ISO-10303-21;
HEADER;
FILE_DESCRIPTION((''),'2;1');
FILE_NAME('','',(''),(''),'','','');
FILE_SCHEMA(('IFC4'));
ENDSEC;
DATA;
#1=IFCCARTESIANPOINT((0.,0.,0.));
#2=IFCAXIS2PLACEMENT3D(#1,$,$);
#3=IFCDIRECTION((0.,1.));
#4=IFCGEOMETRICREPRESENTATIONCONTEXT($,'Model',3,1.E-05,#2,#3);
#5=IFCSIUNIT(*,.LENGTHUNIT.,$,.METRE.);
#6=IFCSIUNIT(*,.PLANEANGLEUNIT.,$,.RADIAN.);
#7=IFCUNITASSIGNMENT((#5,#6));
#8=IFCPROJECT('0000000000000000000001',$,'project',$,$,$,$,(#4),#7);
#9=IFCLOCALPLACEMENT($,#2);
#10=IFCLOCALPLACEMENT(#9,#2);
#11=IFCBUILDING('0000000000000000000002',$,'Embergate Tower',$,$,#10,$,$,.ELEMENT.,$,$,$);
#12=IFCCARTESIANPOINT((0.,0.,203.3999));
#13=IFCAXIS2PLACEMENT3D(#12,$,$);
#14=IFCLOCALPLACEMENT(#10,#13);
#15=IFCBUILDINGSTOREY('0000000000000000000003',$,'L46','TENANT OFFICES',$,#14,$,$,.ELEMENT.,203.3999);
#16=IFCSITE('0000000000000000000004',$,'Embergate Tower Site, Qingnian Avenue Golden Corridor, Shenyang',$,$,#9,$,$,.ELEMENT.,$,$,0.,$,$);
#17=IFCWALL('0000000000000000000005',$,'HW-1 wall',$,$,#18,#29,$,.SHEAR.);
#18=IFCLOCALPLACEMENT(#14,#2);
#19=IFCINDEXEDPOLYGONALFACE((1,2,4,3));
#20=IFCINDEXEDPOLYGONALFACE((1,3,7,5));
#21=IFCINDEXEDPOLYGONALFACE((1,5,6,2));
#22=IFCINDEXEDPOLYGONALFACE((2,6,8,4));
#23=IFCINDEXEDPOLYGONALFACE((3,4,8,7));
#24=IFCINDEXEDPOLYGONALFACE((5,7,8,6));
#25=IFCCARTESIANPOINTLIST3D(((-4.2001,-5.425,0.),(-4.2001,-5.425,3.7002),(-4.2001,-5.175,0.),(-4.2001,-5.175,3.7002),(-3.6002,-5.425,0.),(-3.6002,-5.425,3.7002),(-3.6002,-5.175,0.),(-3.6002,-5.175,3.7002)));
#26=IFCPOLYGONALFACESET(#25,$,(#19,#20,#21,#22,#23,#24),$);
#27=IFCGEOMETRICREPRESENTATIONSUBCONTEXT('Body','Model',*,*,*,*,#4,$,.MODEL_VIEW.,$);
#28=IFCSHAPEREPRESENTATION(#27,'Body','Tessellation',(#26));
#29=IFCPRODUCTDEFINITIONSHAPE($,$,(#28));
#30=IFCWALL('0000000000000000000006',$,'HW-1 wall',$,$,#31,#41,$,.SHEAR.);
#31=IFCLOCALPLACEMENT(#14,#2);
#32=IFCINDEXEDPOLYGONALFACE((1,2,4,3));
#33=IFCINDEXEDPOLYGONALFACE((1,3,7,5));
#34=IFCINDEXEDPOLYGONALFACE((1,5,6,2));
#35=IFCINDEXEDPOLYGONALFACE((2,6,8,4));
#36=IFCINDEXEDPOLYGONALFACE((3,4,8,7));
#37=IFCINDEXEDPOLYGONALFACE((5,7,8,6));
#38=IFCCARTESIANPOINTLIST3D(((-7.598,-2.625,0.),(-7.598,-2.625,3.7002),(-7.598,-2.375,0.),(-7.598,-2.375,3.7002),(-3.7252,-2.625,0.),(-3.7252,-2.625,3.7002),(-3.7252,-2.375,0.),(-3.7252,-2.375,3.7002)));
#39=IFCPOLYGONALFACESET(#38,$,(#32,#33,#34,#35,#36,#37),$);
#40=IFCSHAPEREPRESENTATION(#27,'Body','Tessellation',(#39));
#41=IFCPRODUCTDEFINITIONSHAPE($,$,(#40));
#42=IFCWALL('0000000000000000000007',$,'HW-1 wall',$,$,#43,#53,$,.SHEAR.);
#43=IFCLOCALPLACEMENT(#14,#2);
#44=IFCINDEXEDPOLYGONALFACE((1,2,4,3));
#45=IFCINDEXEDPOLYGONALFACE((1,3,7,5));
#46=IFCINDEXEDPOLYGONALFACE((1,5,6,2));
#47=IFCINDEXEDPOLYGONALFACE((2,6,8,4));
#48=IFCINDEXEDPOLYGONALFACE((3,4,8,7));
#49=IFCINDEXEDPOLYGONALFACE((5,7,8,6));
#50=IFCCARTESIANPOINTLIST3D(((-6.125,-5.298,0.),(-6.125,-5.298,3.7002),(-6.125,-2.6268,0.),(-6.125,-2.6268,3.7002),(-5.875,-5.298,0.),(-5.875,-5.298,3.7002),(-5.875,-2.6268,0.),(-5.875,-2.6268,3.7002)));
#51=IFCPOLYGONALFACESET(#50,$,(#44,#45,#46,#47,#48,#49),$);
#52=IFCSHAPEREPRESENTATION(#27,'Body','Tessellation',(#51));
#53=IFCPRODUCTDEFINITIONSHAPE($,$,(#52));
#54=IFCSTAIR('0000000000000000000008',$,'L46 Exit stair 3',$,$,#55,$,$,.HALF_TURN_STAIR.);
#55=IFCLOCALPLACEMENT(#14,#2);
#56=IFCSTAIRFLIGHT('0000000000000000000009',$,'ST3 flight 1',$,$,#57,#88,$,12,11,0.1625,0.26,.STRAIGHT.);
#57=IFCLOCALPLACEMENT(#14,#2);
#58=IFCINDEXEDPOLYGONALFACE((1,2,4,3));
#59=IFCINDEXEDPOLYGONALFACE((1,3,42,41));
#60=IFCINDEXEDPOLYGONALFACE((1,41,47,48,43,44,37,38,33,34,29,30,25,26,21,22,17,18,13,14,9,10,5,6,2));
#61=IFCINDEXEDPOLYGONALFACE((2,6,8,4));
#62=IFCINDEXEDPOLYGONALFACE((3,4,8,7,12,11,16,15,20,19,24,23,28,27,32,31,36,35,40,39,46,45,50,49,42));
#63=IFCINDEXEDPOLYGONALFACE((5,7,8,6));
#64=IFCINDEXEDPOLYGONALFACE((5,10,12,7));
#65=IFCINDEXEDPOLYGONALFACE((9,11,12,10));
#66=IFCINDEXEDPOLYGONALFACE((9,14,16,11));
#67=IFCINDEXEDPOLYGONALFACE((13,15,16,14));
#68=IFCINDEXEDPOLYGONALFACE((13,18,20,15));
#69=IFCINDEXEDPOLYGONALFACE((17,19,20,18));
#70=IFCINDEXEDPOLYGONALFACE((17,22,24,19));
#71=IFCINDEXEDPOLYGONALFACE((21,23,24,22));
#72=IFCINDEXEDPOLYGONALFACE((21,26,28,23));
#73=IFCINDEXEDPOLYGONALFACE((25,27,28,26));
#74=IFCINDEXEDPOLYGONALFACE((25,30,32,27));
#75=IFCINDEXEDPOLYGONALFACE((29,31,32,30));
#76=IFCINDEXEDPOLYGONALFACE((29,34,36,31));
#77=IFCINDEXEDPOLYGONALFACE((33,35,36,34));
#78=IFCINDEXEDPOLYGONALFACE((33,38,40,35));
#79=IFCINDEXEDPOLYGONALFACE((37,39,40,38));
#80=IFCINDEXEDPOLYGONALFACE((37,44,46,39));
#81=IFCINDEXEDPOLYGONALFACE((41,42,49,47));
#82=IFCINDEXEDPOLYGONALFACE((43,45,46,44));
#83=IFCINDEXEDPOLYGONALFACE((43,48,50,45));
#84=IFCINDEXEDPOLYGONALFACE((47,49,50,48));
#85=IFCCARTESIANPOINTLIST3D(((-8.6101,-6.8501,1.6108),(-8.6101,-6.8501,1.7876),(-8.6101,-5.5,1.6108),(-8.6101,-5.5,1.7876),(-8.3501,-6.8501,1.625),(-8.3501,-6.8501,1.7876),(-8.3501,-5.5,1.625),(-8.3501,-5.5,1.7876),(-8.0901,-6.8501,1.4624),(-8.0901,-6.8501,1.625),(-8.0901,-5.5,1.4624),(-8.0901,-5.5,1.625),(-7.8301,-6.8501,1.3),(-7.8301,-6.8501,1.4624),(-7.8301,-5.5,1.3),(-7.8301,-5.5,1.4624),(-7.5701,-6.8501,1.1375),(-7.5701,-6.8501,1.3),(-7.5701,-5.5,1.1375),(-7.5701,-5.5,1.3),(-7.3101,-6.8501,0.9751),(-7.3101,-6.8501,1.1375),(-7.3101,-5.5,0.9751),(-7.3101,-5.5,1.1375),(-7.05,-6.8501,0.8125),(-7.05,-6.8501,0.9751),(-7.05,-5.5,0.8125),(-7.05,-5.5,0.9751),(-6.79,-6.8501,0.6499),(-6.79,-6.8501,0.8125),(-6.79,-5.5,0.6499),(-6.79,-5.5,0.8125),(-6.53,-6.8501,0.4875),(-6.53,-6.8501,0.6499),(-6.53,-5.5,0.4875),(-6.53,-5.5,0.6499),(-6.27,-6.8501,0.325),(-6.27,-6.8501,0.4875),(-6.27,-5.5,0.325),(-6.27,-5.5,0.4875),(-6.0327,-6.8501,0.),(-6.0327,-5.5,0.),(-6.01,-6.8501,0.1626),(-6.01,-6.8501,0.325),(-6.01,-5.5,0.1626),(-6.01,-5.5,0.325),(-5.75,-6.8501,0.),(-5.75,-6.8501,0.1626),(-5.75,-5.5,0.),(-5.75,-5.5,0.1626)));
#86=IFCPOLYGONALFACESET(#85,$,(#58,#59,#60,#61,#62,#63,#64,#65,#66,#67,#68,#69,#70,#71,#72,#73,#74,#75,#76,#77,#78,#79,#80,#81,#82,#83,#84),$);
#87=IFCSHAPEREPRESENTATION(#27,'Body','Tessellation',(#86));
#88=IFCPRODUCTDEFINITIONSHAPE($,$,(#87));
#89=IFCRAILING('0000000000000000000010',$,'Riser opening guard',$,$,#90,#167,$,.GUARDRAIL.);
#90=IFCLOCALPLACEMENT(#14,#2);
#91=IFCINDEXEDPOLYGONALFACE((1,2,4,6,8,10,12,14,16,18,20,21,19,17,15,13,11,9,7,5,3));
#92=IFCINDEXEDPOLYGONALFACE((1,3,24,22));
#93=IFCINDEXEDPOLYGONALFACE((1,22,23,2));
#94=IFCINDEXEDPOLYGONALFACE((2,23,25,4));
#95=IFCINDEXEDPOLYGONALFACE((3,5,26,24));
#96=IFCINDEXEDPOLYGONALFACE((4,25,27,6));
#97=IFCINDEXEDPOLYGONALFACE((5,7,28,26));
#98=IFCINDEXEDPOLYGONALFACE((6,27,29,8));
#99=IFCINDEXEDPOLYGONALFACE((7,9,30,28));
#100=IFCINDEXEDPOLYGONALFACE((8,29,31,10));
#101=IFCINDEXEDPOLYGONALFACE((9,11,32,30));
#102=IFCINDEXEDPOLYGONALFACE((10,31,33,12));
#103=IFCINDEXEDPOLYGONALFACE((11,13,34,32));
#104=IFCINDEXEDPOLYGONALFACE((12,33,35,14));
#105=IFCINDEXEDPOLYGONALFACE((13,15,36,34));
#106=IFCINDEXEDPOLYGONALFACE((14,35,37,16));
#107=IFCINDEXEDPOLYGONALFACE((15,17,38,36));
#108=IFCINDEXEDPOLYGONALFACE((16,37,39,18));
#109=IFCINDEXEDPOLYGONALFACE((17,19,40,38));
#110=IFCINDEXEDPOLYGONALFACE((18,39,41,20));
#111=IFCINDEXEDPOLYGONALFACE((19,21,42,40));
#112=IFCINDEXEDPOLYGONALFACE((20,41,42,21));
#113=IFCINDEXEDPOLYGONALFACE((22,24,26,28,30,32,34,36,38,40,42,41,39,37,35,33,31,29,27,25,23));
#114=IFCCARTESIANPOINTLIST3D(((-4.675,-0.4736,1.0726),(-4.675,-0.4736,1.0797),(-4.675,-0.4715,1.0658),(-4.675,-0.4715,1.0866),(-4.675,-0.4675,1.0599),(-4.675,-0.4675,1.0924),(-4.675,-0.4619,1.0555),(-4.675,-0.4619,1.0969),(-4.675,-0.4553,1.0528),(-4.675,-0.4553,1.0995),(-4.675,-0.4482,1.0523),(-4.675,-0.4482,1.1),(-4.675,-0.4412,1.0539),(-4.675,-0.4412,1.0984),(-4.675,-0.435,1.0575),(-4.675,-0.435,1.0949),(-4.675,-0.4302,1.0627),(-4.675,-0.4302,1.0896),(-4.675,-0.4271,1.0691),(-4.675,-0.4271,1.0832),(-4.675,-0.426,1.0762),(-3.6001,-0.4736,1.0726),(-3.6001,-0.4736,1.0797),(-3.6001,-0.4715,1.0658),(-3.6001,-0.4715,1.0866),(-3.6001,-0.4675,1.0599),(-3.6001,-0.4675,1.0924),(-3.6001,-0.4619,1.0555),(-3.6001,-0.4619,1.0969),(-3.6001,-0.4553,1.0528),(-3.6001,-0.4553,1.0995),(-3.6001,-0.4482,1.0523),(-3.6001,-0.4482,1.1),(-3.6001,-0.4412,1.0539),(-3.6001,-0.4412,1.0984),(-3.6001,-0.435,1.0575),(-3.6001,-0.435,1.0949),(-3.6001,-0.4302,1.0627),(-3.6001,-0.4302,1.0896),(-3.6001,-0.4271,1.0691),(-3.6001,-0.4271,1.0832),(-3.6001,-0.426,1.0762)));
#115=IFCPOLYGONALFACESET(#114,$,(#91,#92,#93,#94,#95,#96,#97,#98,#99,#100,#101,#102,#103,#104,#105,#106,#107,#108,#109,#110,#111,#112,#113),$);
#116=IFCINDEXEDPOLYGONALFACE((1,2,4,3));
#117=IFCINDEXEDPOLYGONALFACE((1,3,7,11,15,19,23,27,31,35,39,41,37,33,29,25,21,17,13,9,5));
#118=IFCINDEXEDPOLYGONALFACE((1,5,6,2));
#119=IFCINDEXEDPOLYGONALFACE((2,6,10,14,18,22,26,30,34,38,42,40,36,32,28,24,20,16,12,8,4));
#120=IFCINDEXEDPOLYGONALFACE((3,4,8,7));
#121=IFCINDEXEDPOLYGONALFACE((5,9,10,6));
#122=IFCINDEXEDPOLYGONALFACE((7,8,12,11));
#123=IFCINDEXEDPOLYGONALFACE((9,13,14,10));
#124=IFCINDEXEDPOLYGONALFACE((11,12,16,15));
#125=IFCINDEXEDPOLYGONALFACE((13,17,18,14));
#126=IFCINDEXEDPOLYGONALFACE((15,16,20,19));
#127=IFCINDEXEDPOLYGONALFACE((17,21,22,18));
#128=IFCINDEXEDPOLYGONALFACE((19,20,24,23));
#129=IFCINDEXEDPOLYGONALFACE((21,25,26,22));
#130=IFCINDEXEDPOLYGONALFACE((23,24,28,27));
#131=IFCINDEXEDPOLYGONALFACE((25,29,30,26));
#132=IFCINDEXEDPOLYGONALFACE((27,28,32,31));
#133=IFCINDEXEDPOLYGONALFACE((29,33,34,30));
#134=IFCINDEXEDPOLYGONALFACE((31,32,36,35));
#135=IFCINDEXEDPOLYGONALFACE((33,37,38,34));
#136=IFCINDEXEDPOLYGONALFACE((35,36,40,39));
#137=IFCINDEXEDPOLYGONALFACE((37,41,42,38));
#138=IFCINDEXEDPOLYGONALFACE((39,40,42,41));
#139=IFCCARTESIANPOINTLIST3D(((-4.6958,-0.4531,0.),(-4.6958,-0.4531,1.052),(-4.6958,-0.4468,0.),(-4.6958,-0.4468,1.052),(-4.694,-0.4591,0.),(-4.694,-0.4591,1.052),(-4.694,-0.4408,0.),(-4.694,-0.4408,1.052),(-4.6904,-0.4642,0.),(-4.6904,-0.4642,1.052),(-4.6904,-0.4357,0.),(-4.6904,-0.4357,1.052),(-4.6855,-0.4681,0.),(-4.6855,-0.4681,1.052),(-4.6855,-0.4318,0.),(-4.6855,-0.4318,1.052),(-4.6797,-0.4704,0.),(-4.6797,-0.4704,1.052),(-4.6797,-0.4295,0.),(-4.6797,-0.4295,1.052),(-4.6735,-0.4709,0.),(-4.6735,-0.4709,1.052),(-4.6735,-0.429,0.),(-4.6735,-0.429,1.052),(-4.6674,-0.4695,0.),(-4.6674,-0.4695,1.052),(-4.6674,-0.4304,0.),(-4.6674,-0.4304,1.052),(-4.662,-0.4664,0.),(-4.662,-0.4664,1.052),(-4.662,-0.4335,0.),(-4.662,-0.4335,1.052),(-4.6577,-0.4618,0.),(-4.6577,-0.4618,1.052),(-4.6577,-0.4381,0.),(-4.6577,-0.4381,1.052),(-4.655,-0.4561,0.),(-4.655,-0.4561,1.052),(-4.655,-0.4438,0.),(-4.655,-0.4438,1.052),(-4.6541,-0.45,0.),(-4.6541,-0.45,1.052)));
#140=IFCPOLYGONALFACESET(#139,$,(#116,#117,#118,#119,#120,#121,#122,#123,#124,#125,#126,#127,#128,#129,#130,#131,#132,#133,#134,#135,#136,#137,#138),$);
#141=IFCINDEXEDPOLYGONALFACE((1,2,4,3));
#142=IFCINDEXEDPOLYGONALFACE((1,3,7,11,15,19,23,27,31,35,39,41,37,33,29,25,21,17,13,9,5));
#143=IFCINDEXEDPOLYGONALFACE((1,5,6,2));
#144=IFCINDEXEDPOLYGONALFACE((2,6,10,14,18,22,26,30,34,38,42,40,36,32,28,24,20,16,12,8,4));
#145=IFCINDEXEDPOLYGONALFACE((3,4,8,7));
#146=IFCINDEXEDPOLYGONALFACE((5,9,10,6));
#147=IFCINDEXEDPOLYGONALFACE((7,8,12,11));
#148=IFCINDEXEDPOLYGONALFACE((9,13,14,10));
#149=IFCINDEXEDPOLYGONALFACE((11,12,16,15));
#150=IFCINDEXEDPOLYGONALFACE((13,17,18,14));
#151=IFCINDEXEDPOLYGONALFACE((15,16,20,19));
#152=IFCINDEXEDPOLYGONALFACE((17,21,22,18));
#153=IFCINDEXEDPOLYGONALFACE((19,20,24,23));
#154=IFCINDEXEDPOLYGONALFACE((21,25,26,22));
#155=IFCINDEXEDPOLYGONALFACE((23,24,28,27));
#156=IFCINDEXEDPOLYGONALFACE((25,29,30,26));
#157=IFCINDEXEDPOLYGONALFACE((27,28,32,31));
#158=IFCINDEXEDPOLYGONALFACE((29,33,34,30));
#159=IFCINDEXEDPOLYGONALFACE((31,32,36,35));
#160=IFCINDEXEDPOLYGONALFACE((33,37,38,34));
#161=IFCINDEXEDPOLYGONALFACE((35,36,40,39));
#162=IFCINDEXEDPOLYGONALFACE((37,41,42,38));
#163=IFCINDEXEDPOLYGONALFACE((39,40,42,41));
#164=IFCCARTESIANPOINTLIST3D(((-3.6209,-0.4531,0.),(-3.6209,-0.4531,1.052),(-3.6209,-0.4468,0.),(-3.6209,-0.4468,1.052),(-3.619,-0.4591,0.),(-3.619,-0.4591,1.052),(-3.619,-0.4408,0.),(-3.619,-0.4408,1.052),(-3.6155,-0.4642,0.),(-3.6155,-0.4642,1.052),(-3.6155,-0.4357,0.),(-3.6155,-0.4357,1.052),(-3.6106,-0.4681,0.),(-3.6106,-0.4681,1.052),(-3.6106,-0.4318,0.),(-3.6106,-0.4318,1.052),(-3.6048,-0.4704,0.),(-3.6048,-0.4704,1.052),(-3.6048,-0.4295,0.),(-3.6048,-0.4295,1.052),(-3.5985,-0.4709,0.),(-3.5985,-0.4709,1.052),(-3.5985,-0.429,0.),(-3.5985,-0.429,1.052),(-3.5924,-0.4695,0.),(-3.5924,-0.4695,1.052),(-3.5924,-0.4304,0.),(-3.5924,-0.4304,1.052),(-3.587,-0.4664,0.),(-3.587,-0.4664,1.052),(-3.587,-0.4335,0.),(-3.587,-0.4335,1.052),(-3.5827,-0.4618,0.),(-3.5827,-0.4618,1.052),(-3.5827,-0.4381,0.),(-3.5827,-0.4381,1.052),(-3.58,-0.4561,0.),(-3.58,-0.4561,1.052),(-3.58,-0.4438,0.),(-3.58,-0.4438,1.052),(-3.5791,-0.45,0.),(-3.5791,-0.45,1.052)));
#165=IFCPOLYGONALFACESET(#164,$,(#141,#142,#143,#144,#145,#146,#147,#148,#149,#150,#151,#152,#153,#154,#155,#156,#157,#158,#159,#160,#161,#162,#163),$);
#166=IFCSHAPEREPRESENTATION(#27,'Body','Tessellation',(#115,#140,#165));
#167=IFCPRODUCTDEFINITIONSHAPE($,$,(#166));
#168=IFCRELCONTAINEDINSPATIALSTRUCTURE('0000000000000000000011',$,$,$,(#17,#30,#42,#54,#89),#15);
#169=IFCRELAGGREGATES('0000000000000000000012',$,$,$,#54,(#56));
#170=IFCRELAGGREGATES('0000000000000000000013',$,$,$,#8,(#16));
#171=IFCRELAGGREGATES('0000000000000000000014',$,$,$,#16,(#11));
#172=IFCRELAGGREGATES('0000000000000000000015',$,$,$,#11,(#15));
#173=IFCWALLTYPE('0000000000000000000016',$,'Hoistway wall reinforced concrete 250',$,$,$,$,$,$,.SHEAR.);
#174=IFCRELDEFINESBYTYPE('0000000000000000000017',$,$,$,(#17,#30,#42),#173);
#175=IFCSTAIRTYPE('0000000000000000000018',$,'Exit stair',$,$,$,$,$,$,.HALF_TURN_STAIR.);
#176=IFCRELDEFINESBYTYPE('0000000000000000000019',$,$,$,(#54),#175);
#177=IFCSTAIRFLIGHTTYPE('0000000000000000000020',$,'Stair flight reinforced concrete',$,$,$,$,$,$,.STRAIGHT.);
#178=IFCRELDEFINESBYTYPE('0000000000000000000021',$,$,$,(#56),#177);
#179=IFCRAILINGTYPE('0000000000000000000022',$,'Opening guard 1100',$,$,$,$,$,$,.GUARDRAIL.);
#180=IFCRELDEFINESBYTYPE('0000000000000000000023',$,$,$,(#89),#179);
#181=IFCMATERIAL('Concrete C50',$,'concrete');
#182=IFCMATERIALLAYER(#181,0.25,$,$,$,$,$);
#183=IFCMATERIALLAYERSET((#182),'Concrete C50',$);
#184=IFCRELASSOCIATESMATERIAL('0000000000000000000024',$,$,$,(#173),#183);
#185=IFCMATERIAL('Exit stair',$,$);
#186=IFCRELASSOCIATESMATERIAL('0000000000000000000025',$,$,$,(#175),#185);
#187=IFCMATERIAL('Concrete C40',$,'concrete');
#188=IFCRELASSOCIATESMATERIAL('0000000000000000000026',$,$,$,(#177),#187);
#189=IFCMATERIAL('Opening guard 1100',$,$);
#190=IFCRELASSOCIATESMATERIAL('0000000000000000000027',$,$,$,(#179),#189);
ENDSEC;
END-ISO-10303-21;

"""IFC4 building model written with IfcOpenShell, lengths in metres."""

from ifc_helpers import new_model, si_unit, direction, frame, frame_2d, origin, origin_2d, place, context, subcontext, project, spatial, polyline, rectangle, circle, outline, extrude, source, transform, mapped, material, layer, layer_set, type_object, element, aggregate, save


model = new_model("IFC4")

# Units and contexts
model_context = context("Model", 3, precision=1e-05, world=origin(), true_north=direction((0.0, 1.0)))
body_context = subcontext(model_context, "Body", "Model", "MODEL_VIEW")
ifc_project = project(units=[si_unit("LENGTHUNIT", "METRE"), si_unit("PLANEANGLEUNIT", "RADIAN")], contexts=[model_context])

# Site, building, storey
site_placement = place(None, origin())
site = spatial("IfcSite", under=ifc_project, at=site_placement, Name="Embergate Tower Site, Qingnian Avenue Golden Corridor, Shenyang", CompositionType="ELEMENT", RefElevation=0.0)
building_placement = place(site_placement, origin())
building = spatial("IfcBuilding", under=site, at=building_placement, Name="Embergate Tower", CompositionType="ELEMENT")
storey_placement = place(building_placement, frame((0.0, 0.0, 203.3999)))
storey = spatial("IfcBuildingStorey", under=building, at=storey_placement, Name="L46", Description="TENANT OFFICES", CompositionType="ELEMENT", Elevation=203.3999)

# Shared definitions
ifc_material_1 = material(Name="Concrete C50", Category="concrete")
ifc_layer_1 = layer(ifc_material_1, 0.25)
ifc_layer_set_1 = layer_set([ifc_layer_1], Name="Concrete C50")
wall_type_1 = type_object("IfcWallType", Name="Hoistway wall reinforced concrete 250", PredefinedType="SHEAR", material=ifc_layer_set_1)

# Walls
shared_shape_1 = source(origin(), body_context, "Body", "SweptSolid", [
    extrude(rectangle(XDim=0.5999, YDim=0.25, at=frame_2d((0.2998, 0.0))), origin(), (0.0, 0.0, 1.0), 3.7002),
])
wall_1_placement = place(storey_placement, frame((-4.2, -5.3, 0.0), z_axis=(0.0, 0.0, 1.0), x_axis=(1.0, 0.0, 0.0)))
element("IfcWall", 1, at=wall_1_placement, inside=storey, type_object=wall_type_1, Name="HW-1 wall", PredefinedType="SHEAR", context=body_context, shape_type="MappedRepresentation", body=[
    mapped(shared_shape_1, transform((0.0, 0.0, 0.0))),
])
shared_shape_2 = source(origin(), body_context, "Body", "SweptSolid", [
    extrude(rectangle(XDim=3.8728, YDim=0.25, at=frame_2d((1.9365, 0.0))), origin(), (0.0, 0.0, 1.0), 3.7002),
])
wall_2_placement = place(storey_placement, frame((-3.7251, -2.5, 0.0), z_axis=(0.0, 0.0, 1.0), x_axis=(-1.0, 0.0, 0.0)))
element("IfcWall", 2, at=wall_2_placement, inside=storey, type_object=wall_type_1, Name="HW-1 wall", PredefinedType="SHEAR", context=body_context, shape_type="MappedRepresentation", body=[
    mapped(shared_shape_2, transform((0.0, 0.0, 0.0))),
])
shared_shape_3 = source(origin(), body_context, "Body", "SweptSolid", [
    extrude(rectangle(XDim=2.6711, YDim=0.25, at=frame_2d((1.3354, 0.0))), origin(), (0.0, 0.0, 1.0), 3.7002),
])
wall_3_placement = place(storey_placement, frame((-6.0, -2.627, 0.0), z_axis=(0.0, 0.0, 1.0), x_axis=(0.0, -1.0, 0.0)))
element("IfcWall", 3, at=wall_3_placement, inside=storey, type_object=wall_type_1, Name="HW-1 wall", PredefinedType="SHEAR", context=body_context, shape_type="MappedRepresentation", body=[
    mapped(shared_shape_3, transform((0.0, 0.0, 0.0))),
])

# Stair, stair flight
ifc_material_2 = material(Name="Exit stair")
stair_type = type_object("IfcStairType", Name="Exit stair", PredefinedType="HALF_TURN_STAIR", material=ifc_material_2)
stair_placement = place(storey_placement, origin())
stair = element("IfcStair", 4, at=stair_placement, inside=storey, type_object=stair_type, Name="L46 Exit stair 3", PredefinedType="HALF_TURN_STAIR")
ifc_material_3 = material(Name="Concrete C40", Category="concrete")
stair_flight_type = type_object("IfcStairFlightType", Name="Stair flight reinforced concrete", PredefinedType="STRAIGHT", material=ifc_material_3)
shared_shape_4 = source(origin(), body_context, "Body", "SweptSolid", [
    extrude(outline(polyline([(0.0, 0.0), (0.0, 0.1626), (0.26, 0.1626), (0.26, 0.325), (0.52, 0.325), (0.52, 0.4875), (0.78, 0.4875), (0.78, 0.6499), (1.04, 0.6499), (1.04, 0.8125), (1.3, 0.8125), (1.3, 0.9751), (1.5601, 0.9751), (1.5601, 1.1375), (1.8201, 1.1375), (1.8201, 1.3), (2.0801, 1.3), (2.0801, 1.4624), (2.3401, 1.4624), (2.3401, 1.625), (2.6001, 1.625), (2.6001, 1.7876), (2.8601, 1.7876), (2.8601, 1.95), (2.8601, 1.6108), (0.2827, 0.0), (0.0, 0.0)])), frame((0.0, 0.675, 0.0), z_axis=(0.0, -1.0, 0.0), x_axis=(1.0, 0.0, 0.0)), (0.0, 0.0, 1.0), 1.3501),
])
stair_flight_placement = place(storey_placement, frame((-5.75, -6.175, 0.0), z_axis=(0.0, 0.0, 1.0), x_axis=(-1.0, 0.0, 0.0)))
stair_flight = element("IfcStairFlight", 5, at=stair_flight_placement, type_object=stair_flight_type, Name="ST3 flight 1", NumberOfRisers=12, NumberOfTreads=11, PredefinedType="STRAIGHT", RiserHeight=0.1625, TreadLength=0.26, context=body_context, shape_type="MappedRepresentation", body=[
    mapped(shared_shape_4, transform((0.0, 0.0, 0.0))),
])
aggregate(stair, [stair_flight])

# Railing
ifc_material_4 = material(Name="Opening guard 1100")
railing_type_1 = type_object("IfcRailingType", Name="Opening guard 1100", PredefinedType="GUARDRAIL", material=ifc_material_4)
shared_shape_5 = source(origin(), body_context, "Body", "SweptSolid", [
    extrude(circle(Radius=0.0239, at=origin_2d()), frame((0.0, 0.0, 1.0762), z_axis=(1.0, 0.0, 0.0), x_axis=(0.0, 1.0, 0.0)), (0.0, 0.0, 1.0), 1.075),
    extrude(circle(Radius=0.021, at=origin_2d()), origin(), (0.0, 0.0, 1.0), 1.052),
    extrude(circle(Radius=0.021, at=origin_2d()), frame((1.075, 0.0, 0.0)), (0.0, 0.0, 1.0), 1.052),
])
railing_1_placement = place(storey_placement, frame((-4.675, -0.45, 0.0)))
element("IfcRailing", 6, at=railing_1_placement, inside=storey, type_object=railing_type_1, Name="Riser opening guard", PredefinedType="GUARDRAIL", context=body_context, shape_type="MappedRepresentation", body=[
    mapped(shared_shape_5, transform((0.0, 0.0, 0.0))),
])

save(model, "model.ifc")
